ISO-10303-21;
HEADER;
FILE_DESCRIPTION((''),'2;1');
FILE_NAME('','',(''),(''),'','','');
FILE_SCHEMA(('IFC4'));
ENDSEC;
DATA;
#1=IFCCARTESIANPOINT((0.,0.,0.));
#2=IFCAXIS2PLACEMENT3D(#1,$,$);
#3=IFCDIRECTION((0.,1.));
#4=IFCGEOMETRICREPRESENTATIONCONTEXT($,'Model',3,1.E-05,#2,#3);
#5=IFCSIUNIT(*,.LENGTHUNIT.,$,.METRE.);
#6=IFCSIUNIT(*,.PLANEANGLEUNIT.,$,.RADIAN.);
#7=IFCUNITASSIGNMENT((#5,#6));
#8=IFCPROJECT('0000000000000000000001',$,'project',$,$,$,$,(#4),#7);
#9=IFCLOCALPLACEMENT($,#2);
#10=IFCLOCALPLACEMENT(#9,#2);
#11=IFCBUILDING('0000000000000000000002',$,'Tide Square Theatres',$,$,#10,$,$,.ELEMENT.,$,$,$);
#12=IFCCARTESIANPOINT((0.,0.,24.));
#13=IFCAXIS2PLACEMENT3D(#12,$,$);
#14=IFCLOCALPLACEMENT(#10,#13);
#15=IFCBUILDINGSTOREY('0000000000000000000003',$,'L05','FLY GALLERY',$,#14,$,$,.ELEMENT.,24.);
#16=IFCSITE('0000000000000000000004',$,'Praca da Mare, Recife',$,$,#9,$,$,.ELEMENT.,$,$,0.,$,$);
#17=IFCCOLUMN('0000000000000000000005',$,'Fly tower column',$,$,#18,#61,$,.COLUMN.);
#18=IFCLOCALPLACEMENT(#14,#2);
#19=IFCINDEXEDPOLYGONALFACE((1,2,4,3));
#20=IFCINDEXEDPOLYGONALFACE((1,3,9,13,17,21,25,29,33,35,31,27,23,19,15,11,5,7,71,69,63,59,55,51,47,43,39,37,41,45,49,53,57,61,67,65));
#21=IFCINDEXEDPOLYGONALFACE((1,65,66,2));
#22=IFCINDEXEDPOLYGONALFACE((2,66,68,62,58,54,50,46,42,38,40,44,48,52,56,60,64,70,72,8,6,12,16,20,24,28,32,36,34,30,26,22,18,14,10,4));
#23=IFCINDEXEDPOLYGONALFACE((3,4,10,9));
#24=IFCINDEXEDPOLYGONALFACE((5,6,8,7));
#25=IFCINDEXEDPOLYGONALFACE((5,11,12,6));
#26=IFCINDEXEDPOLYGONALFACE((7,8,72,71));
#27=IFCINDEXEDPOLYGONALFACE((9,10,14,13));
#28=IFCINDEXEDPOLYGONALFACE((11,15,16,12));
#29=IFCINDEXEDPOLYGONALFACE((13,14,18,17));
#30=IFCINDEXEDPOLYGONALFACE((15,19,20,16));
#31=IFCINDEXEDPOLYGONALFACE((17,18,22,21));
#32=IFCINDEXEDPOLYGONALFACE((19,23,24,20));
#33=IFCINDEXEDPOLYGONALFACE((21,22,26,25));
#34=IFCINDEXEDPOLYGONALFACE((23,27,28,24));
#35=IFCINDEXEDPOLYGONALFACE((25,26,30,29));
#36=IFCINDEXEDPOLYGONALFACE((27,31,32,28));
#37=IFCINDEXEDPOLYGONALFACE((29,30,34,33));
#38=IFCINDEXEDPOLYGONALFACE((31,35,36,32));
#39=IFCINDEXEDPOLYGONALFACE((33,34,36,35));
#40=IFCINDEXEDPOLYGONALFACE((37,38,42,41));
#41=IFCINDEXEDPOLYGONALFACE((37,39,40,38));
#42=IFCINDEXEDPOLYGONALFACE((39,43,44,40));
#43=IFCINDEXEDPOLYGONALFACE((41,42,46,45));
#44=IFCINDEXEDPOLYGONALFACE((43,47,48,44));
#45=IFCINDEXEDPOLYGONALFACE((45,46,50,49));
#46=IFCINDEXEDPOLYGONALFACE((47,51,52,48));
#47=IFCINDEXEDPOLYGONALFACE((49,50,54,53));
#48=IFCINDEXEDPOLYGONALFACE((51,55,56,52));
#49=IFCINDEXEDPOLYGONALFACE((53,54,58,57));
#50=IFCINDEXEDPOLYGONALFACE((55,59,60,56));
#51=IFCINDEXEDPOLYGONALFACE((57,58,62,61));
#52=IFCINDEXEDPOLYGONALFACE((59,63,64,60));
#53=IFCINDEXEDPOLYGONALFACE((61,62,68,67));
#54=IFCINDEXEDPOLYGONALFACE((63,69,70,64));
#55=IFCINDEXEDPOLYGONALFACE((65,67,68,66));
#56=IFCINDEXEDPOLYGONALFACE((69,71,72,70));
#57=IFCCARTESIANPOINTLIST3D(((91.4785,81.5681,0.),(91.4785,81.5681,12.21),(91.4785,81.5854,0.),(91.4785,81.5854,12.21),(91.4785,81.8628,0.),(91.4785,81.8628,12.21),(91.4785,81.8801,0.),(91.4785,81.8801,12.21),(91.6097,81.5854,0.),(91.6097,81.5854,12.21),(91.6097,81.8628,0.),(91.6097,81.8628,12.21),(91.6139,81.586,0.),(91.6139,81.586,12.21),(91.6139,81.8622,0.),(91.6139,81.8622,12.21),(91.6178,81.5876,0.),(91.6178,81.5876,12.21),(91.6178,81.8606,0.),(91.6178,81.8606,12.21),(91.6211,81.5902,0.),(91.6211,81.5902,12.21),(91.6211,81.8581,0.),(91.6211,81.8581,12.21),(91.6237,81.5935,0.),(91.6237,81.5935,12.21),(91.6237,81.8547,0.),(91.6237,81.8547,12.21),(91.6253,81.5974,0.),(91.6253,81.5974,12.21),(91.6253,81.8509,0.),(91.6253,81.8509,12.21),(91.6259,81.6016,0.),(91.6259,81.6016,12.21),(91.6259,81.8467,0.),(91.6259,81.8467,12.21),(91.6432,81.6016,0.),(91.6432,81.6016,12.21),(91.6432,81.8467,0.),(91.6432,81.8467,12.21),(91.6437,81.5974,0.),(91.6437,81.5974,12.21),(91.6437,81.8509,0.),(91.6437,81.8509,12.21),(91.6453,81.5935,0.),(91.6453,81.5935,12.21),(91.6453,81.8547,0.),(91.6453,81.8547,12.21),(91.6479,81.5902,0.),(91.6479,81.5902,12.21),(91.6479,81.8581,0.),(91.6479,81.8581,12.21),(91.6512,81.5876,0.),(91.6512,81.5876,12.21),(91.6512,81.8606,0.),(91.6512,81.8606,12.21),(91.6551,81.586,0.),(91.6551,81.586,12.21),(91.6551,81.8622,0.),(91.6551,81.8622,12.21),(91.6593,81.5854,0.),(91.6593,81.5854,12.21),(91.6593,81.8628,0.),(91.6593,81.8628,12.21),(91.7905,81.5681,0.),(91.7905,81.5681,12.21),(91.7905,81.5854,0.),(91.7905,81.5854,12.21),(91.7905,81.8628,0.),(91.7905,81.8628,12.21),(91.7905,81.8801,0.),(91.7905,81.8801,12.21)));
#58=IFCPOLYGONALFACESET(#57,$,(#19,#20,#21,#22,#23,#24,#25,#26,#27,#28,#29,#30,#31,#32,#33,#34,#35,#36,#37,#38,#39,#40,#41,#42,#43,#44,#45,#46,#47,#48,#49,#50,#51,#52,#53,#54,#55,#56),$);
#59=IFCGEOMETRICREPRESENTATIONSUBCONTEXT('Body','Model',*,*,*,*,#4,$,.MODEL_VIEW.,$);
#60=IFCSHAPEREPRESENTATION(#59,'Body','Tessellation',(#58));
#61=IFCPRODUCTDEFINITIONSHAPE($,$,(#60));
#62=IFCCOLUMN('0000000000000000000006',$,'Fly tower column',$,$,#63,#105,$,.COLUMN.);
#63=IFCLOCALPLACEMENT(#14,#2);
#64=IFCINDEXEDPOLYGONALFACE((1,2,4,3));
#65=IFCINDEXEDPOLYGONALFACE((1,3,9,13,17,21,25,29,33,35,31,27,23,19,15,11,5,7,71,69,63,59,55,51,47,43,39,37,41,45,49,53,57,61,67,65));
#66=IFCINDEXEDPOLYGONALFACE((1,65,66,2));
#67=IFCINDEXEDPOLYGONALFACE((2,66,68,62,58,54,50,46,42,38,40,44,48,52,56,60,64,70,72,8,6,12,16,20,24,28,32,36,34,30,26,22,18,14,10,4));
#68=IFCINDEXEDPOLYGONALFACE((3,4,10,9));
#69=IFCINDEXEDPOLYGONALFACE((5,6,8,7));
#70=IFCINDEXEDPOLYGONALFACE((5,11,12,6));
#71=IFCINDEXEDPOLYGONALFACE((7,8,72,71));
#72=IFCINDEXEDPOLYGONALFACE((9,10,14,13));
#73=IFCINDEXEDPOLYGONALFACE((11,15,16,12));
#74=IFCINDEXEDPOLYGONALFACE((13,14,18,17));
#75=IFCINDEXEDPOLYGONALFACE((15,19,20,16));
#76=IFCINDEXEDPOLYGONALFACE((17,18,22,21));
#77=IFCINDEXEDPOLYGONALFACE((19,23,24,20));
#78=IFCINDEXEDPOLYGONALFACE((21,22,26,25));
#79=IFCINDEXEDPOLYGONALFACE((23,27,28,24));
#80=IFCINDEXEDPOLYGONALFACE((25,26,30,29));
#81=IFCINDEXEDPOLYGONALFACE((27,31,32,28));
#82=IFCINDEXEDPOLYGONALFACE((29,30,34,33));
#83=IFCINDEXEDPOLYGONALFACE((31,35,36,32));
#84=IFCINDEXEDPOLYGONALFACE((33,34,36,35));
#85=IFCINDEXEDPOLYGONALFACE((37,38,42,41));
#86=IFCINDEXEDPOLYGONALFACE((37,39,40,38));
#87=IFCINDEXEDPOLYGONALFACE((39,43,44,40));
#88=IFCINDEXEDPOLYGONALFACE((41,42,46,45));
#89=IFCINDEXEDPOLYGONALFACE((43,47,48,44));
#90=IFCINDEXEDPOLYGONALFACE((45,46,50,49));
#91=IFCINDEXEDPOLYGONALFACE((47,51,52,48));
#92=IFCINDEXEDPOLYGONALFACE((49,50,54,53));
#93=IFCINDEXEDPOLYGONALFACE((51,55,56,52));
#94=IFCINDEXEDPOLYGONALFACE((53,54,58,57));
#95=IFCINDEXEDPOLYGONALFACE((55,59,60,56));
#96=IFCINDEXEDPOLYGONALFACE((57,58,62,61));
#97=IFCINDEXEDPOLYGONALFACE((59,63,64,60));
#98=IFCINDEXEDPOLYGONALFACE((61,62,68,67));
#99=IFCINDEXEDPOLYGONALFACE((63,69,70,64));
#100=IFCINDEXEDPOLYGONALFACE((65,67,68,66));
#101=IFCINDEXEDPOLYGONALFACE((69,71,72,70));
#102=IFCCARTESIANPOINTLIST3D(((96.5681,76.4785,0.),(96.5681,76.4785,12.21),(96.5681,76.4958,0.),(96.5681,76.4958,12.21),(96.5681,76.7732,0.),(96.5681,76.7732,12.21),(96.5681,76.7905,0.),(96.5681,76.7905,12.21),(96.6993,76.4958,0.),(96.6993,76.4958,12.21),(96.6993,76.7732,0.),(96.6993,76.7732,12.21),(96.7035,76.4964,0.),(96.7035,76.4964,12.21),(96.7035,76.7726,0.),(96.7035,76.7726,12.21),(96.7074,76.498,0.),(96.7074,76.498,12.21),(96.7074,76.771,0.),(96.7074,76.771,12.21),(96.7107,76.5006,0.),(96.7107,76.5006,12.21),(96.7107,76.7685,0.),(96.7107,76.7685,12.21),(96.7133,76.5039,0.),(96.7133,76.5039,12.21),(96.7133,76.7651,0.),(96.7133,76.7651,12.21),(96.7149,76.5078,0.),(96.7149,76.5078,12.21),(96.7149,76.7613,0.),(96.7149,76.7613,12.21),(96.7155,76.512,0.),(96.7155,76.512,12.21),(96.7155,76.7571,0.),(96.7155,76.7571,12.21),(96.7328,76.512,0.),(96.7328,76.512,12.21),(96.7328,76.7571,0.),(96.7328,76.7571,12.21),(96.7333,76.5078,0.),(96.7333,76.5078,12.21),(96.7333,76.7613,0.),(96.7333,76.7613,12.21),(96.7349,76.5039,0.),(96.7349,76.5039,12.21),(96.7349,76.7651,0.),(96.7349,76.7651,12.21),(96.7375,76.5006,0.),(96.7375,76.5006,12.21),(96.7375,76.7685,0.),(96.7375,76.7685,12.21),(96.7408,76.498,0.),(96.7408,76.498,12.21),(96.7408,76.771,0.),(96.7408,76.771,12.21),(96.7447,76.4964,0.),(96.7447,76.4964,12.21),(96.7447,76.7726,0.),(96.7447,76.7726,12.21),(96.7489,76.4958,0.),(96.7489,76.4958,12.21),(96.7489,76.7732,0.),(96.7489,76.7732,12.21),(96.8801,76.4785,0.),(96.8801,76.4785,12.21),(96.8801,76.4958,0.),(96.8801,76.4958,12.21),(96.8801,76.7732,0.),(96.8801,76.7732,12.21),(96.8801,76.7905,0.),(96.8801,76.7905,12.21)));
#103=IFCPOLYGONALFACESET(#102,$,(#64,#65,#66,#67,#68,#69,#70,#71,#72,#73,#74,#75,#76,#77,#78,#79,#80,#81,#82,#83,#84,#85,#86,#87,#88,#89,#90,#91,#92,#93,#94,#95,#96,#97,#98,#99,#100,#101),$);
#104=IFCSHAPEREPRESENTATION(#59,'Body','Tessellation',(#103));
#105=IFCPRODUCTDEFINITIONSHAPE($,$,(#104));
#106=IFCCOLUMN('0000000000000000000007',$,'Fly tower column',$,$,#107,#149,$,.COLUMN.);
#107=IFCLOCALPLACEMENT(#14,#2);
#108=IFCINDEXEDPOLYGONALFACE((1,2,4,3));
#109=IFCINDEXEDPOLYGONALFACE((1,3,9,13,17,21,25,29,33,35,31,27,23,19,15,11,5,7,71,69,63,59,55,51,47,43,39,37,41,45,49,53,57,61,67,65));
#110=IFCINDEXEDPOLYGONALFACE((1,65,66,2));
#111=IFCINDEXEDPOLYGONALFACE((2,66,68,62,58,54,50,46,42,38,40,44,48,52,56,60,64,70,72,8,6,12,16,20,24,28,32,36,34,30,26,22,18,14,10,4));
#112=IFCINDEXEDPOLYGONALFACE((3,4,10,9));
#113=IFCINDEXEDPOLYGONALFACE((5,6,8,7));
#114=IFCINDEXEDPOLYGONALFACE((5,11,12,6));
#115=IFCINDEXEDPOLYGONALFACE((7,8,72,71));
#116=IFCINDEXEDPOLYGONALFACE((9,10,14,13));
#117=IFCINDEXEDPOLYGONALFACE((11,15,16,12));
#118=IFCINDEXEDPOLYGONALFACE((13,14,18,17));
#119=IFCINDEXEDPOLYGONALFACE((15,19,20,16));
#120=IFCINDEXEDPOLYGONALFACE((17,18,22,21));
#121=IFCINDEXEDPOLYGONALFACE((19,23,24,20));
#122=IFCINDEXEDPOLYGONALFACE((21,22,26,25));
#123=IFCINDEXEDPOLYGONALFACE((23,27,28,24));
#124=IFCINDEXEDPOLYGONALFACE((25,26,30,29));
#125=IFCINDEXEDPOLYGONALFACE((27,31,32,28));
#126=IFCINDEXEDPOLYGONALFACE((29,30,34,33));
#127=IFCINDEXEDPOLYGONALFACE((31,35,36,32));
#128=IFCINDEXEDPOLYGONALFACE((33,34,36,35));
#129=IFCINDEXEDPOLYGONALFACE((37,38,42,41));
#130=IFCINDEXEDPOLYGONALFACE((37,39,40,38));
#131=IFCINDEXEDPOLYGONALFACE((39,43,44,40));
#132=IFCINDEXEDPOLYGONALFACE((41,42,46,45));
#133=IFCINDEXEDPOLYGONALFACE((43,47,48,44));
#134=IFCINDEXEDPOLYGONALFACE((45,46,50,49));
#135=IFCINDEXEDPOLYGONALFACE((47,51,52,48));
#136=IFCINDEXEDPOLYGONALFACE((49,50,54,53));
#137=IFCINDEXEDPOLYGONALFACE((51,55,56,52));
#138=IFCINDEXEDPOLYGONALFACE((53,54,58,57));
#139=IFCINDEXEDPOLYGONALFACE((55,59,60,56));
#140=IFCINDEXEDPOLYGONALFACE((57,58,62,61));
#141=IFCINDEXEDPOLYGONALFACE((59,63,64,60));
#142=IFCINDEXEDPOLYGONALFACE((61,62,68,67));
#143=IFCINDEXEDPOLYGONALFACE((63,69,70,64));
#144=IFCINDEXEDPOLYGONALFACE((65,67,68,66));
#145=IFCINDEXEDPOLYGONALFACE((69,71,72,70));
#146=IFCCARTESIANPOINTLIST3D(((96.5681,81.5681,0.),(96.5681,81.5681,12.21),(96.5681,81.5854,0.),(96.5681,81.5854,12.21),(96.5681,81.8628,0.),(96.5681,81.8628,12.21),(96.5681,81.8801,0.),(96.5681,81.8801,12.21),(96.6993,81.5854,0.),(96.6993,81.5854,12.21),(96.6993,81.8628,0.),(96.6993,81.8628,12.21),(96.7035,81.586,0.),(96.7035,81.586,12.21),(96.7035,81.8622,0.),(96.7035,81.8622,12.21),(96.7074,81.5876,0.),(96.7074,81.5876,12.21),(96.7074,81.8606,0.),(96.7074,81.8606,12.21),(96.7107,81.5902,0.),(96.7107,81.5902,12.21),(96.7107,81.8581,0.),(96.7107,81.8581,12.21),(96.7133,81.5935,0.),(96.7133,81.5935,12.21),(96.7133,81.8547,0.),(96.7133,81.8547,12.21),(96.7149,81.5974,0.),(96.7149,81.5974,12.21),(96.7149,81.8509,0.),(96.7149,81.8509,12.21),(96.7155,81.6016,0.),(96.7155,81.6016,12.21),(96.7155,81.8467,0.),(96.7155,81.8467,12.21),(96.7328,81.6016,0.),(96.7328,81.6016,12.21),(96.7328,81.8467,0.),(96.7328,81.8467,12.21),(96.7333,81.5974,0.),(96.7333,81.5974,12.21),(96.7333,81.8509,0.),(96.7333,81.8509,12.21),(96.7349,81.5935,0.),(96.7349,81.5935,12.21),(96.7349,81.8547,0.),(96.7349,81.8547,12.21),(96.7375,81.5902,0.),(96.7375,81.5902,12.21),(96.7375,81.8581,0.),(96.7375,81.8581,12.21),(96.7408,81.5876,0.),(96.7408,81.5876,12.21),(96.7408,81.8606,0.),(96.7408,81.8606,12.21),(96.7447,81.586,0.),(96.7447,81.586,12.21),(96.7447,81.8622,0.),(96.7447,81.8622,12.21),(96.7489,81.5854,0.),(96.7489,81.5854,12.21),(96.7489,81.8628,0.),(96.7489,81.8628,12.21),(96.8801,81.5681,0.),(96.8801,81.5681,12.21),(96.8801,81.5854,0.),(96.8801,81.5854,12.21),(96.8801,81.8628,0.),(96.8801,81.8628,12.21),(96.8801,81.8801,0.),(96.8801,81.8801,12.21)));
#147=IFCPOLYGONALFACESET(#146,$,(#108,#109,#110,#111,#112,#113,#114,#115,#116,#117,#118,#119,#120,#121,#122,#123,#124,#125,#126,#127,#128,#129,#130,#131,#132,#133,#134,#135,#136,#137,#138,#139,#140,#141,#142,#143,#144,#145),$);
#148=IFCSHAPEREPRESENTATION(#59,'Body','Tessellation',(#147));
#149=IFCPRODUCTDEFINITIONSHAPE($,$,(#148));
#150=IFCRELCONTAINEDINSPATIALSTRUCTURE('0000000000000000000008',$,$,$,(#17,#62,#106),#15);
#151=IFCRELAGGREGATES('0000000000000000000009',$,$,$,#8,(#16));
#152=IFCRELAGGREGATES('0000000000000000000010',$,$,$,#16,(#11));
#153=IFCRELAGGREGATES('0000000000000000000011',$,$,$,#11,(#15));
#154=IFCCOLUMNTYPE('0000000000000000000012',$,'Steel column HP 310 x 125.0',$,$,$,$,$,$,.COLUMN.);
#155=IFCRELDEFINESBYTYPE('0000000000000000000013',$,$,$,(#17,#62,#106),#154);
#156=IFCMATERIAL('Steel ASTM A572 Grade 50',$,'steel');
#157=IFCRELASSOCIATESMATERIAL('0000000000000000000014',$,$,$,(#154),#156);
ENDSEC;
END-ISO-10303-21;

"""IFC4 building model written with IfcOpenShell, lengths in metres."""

from ifc_helpers import new_model, si_unit, direction, frame, origin, origin_2d, place, context, subcontext, project, spatial, i_section, extrude, material, material_profile, profile_set, type_object, element, save


model = new_model("IFC4")

# Units and contexts
model_context = context("Model", 3, precision=1e-05, world=origin(), true_north=direction((0.0, 1.0)))
body_context = subcontext(model_context, "Body", "Model", "MODEL_VIEW")
ifc_project = project(units=[si_unit("LENGTHUNIT", "METRE"), si_unit("PLANEANGLEUNIT", "RADIAN")], contexts=[model_context])

# Site, building, storey
site_placement = place(None, origin())
site = spatial("IfcSite", under=ifc_project, at=site_placement, Name="Praca da Mare, Recife", CompositionType="ELEMENT", RefElevation=0.0)
building_placement = place(site_placement, origin())
building = spatial("IfcBuilding", under=site, at=building_placement, Name="Tide Square Theatres", CompositionType="ELEMENT")
storey_placement = place(building_placement, frame((0.0, 0.0, 24.0)))
storey = spatial("IfcBuildingStorey", under=building, at=storey_placement, Name="L05", Description="FLY GALLERY", CompositionType="ELEMENT", Elevation=24.0)

# Columns
ifc_material_1 = material(Name="Steel ASTM A572 Grade 50", Category="steel")
ifc_material_profile_1 = material_profile(ifc_material_1, i_section(OverallWidth=0.312, OverallDepth=0.312, WebThickness=0.0173, FlangeThickness=0.0173, FilletRadius=0.0161, at=origin_2d()))
ifc_profile_set_1 = profile_set([ifc_material_profile_1], Name="Steel ASTM A572 Grade 50")
column_type_1 = type_object("IfcColumnType", Name="Steel column HP 310 x 125.0", PredefinedType="COLUMN", material=ifc_profile_set_1)
for number, where, z_axis, x_axis, name in (
    (1, (91.6345, 81.7241, 0.0), (0.0, 0.0, 1.0), (1.0, 0.0, 0.0), "Fly tower column"),
    (2, (96.7241, 76.6345, 0.0), (0.0, 0.0, 1.0), (1.0, 0.0, 0.0), "Fly tower column"),
    (3, (96.7241, 81.7241, 0.0), (0.0, 0.0, 1.0), (1.0, 0.0, 0.0), "Fly tower column"),
):
    element("IfcColumn", number, at=place(storey_placement, frame(where, z_axis=z_axis, x_axis=x_axis)), inside=storey, type_object=column_type_1, Name=name, PredefinedType="COLUMN", context=body_context, shape_type="SweptSolid", body=[
        extrude(i_section(OverallWidth=0.312, OverallDepth=0.312, WebThickness=0.0173, FlangeThickness=0.0173, FilletRadius=0.0161, at=origin_2d()), origin(), (0.0, 0.0, 1.0), 12.21),
    ])

save(model, "model.ifc")
